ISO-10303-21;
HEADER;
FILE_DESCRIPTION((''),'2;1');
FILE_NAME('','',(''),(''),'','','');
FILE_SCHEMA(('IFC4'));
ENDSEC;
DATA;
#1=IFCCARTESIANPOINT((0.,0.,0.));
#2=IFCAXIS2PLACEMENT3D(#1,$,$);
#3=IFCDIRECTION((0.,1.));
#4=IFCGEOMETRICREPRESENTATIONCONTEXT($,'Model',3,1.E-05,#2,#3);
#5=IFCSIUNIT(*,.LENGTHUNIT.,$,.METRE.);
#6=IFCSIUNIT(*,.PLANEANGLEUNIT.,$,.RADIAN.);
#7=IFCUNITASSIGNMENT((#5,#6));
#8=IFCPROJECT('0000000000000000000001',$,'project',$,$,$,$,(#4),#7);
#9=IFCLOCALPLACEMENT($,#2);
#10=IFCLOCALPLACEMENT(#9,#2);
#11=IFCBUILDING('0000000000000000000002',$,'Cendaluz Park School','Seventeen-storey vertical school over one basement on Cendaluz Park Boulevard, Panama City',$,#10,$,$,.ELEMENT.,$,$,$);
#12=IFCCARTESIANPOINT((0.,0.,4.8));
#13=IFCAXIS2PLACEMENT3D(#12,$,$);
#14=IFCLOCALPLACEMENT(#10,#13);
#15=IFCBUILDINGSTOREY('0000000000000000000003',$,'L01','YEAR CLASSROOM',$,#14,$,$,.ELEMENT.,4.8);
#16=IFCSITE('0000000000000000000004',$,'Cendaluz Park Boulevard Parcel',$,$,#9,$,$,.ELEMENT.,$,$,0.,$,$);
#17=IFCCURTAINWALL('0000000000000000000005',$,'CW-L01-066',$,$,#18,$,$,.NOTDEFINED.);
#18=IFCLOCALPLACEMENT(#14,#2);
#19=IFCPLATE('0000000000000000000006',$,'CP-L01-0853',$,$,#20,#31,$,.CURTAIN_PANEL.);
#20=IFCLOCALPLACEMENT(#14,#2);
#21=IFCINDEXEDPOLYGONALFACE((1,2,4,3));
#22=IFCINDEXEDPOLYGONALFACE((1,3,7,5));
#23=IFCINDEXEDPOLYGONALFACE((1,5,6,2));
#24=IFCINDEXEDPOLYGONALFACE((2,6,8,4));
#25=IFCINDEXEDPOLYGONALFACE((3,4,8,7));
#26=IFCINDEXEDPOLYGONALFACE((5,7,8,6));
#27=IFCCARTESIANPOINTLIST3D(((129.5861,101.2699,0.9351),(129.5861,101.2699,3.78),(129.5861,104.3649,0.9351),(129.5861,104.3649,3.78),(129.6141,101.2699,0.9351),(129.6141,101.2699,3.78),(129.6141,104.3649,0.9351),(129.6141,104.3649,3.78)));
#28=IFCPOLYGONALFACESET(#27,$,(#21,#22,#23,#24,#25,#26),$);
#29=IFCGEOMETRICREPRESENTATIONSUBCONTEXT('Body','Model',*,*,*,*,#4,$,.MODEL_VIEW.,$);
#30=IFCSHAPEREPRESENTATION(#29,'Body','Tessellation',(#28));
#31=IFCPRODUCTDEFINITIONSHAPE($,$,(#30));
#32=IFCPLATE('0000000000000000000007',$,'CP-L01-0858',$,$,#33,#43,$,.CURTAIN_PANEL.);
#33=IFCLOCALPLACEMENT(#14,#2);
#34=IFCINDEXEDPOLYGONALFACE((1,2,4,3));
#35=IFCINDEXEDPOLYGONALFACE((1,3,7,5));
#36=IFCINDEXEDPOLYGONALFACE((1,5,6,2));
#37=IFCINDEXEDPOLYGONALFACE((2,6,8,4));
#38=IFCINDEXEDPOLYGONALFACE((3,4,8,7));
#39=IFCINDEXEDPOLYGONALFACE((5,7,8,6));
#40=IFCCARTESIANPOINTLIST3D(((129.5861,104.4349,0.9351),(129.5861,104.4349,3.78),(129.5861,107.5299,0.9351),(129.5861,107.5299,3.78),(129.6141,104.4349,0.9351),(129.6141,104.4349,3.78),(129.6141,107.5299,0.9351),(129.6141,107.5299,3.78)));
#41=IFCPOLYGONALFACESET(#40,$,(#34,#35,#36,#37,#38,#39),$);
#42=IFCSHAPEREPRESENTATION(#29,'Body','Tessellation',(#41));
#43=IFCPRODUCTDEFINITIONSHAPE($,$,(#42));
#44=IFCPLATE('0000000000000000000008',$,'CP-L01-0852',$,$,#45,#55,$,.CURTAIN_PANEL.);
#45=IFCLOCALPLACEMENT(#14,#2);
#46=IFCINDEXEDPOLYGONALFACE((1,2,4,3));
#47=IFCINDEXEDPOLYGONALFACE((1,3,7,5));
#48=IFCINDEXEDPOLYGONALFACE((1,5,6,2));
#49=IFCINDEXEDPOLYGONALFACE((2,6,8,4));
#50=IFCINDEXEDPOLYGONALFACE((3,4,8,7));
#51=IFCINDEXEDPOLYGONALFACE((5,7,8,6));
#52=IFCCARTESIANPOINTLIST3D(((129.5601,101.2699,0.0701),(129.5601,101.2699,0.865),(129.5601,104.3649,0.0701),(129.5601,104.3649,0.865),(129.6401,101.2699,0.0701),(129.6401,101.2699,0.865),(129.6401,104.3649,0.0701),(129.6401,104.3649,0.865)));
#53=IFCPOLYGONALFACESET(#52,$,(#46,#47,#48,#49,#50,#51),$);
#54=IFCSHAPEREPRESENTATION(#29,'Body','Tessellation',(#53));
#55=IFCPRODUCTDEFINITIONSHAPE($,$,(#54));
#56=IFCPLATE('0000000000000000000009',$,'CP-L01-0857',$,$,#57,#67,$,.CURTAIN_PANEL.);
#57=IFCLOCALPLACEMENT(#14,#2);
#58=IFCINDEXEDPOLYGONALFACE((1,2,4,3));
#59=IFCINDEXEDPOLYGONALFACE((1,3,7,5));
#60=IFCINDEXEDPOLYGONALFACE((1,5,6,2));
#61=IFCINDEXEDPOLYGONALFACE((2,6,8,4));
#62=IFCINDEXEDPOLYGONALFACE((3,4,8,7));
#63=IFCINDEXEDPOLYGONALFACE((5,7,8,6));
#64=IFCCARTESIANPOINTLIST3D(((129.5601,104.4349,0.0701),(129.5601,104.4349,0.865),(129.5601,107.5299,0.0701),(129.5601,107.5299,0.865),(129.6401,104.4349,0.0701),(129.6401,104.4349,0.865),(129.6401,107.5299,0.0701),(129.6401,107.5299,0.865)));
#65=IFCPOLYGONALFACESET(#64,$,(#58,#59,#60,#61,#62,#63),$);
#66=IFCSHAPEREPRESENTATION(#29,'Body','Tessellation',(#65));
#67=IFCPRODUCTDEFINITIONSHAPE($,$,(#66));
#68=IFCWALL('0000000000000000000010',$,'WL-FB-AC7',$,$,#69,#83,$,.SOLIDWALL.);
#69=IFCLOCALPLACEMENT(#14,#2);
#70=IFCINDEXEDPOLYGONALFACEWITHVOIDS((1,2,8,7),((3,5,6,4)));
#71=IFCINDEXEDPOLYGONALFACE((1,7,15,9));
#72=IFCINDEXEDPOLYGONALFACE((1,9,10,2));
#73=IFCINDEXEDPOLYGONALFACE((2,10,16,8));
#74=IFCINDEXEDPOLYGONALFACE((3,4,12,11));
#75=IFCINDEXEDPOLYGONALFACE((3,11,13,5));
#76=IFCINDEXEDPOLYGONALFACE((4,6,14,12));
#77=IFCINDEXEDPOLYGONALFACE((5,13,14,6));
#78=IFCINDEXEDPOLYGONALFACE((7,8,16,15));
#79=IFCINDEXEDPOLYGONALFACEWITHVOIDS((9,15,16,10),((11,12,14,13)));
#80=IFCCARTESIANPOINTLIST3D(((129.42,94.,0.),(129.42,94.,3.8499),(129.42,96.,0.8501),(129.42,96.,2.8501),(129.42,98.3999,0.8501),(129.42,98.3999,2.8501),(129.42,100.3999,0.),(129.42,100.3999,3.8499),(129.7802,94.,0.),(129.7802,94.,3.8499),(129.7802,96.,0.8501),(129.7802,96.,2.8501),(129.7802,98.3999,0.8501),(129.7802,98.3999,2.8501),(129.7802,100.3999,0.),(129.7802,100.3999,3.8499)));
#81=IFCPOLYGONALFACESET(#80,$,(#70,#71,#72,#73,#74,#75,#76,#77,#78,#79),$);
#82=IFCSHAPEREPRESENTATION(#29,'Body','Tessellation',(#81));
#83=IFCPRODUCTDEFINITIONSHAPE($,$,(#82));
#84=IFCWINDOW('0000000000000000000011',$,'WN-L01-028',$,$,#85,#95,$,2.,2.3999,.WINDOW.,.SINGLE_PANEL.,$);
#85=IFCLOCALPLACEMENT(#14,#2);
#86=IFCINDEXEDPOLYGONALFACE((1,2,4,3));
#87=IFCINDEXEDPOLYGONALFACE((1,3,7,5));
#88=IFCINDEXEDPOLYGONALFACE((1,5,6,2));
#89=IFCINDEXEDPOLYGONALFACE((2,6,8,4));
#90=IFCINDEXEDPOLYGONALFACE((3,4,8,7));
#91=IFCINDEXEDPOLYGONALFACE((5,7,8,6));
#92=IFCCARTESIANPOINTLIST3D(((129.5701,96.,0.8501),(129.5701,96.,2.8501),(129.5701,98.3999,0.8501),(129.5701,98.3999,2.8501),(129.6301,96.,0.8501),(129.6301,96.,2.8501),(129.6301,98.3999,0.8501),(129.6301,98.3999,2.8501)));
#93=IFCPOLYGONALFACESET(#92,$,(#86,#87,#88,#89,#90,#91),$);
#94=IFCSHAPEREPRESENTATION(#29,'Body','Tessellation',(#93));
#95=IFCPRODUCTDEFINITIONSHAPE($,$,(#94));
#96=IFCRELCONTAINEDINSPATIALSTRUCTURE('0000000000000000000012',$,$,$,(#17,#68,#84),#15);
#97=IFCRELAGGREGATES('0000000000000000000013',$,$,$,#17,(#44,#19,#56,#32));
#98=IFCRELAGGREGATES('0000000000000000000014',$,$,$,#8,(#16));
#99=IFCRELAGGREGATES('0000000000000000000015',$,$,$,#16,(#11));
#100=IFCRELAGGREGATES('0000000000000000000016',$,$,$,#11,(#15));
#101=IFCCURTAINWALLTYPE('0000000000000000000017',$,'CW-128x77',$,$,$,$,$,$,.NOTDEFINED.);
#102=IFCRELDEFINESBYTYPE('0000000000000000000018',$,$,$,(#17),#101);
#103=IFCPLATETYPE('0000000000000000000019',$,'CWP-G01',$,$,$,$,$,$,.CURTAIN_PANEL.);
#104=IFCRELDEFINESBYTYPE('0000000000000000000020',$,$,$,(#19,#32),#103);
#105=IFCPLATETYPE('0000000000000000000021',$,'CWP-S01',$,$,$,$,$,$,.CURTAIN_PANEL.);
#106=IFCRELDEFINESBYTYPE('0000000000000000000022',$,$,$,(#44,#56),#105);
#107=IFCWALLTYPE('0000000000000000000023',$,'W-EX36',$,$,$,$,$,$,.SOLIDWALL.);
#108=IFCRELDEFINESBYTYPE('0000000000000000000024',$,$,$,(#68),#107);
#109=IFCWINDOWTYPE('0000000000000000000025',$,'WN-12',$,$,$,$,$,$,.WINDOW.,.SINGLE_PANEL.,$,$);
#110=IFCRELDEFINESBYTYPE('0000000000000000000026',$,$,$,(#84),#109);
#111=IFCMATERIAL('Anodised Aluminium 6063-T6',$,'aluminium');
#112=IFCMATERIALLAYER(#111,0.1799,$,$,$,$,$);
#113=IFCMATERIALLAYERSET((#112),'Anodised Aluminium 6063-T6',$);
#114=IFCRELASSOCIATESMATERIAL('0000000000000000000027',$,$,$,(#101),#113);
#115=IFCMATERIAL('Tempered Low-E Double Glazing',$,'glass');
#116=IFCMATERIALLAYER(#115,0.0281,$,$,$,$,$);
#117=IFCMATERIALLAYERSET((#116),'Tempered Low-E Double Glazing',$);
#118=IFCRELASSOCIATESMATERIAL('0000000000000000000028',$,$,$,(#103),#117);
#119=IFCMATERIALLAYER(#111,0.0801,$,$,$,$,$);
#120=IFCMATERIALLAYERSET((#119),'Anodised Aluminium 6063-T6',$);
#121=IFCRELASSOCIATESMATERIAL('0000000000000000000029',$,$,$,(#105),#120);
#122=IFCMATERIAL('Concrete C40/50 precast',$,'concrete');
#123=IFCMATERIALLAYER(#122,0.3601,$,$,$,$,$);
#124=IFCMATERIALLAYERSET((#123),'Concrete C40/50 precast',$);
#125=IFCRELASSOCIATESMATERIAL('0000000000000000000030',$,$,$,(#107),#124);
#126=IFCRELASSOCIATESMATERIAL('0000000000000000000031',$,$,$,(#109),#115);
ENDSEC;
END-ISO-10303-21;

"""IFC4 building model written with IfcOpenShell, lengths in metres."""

from ifc_helpers import new_model, si_unit, direction, frame, frame_2d, origin, origin_2d, place, context, subcontext, project, spatial, rectangle, extrude, material, layer, layer_set, type_object, element, fill, aggregate, save


model = new_model("IFC4")

# Units and contexts
model_context = context("Model", 3, precision=1e-05, world=origin(), true_north=direction((0.0, 1.0)))
body_context = subcontext(model_context, "Body", "Model", "MODEL_VIEW")
ifc_project = project(units=[si_unit("LENGTHUNIT", "METRE"), si_unit("PLANEANGLEUNIT", "RADIAN")], contexts=[model_context])

# Site, building, storey
site_placement = place(None, origin())
site = spatial("IfcSite", under=ifc_project, at=site_placement, Name="Cendaluz Park Boulevard Parcel", CompositionType="ELEMENT", RefElevation=0.0)
building_placement = place(site_placement, origin())
building = spatial("IfcBuilding", under=site, at=building_placement, Name="Cendaluz Park School", Description="Seventeen-storey vertical school over one basement on Cendaluz Park Boulevard, Panama City", CompositionType="ELEMENT")
storey_placement = place(building_placement, frame((0.0, 0.0, 4.8)))
storey = spatial("IfcBuildingStorey", under=building, at=storey_placement, Name="L01", Description="YEAR CLASSROOM", CompositionType="ELEMENT", Elevation=4.8)

# Shared definitions
ifc_material_1 = material(Name="Anodised Aluminium 6063-T6", Category="aluminium")
ifc_layer_1 = layer(ifc_material_1, 0.1799)
ifc_layer_set_1 = layer_set([ifc_layer_1], Name="Anodised Aluminium 6063-T6")
curtain_wall_type = type_object("IfcCurtainWallType", Name="CW-128x77", PredefinedType="NOTDEFINED", material=ifc_layer_set_1)

# Curtain wall, plates
curtain_wall_1_placement = place(storey_placement, origin())
curtain_wall_1 = element("IfcCurtainWall", 1, at=curtain_wall_1_placement, inside=storey, type_object=curtain_wall_type, Name="CW-L01-066", PredefinedType="NOTDEFINED")
ifc_material_2 = material(Name="Tempered Low-E Double Glazing", Category="glass")
ifc_layer_2 = layer(ifc_material_2, 0.0281)
ifc_layer_set_2 = layer_set([ifc_layer_2], Name="Tempered Low-E Double Glazing")
plate_type_1 = type_object("IfcPlateType", Name="CWP-G01", PredefinedType="CURTAIN_PANEL", material=ifc_layer_set_2)
plate_1_placement = place(storey_placement, frame((129.6001, 102.8174, 0.9351), z_axis=(0.0, 0.0, 1.0), x_axis=(0.0, 1.0, 0.0)))
plate_1 = element("IfcPlate", 2, at=plate_1_placement, type_object=plate_type_1, Name="CP-L01-0853", PredefinedType="CURTAIN_PANEL", context=body_context, shape_type="SweptSolid", body=[
    extrude(rectangle(XDim=3.095, YDim=0.0281, at=origin_2d()), origin(), (0.0, 0.0, 1.0), 2.845),
])
plate_2_placement = place(storey_placement, frame((129.6001, 105.9824, 0.9351), z_axis=(0.0, 0.0, 1.0), x_axis=(0.0, 1.0, 0.0)))
plate_2 = element("IfcPlate", 3, at=plate_2_placement, type_object=plate_type_1, Name="CP-L01-0858", PredefinedType="CURTAIN_PANEL", context=body_context, shape_type="SweptSolid", body=[
    extrude(rectangle(XDim=3.095, YDim=0.0281, at=origin_2d()), origin(), (0.0, 0.0, 1.0), 2.845),
])
ifc_layer_3 = layer(ifc_material_1, 0.0801)
ifc_layer_set_3 = layer_set([ifc_layer_3], Name="Anodised Aluminium 6063-T6")
plate_type_2 = type_object("IfcPlateType", Name="CWP-S01", PredefinedType="CURTAIN_PANEL", material=ifc_layer_set_3)
plate_3_placement = place(storey_placement, frame((129.6001, 102.8174, 0.0701), z_axis=(0.0, 0.0, 1.0), x_axis=(0.0, 1.0, 0.0)))
plate_3 = element("IfcPlate", 4, at=plate_3_placement, type_object=plate_type_2, Name="CP-L01-0852", PredefinedType="CURTAIN_PANEL", context=body_context, shape_type="SweptSolid", body=[
    extrude(rectangle(XDim=3.095, YDim=0.0801, at=origin_2d()), origin(), (0.0, 0.0, 1.0), 0.7949),
])
plate_4_placement = place(storey_placement, frame((129.6001, 105.9824, 0.0701), z_axis=(0.0, 0.0, 1.0), x_axis=(0.0, 1.0, 0.0)))
plate_4 = element("IfcPlate", 5, at=plate_4_placement, type_object=plate_type_2, Name="CP-L01-0857", PredefinedType="CURTAIN_PANEL", context=body_context, shape_type="SweptSolid", body=[
    extrude(rectangle(XDim=3.095, YDim=0.0801, at=origin_2d()), origin(), (0.0, 0.0, 1.0), 0.7949),
])
aggregate(curtain_wall_1, [plate_3, plate_1, plate_4, plate_2])

# Wall, opening, window
ifc_material_3 = material(Name="Concrete C40/50 precast", Category="concrete")
ifc_layer_4 = layer(ifc_material_3, 0.3601)
ifc_layer_set_4 = layer_set([ifc_layer_4], Name="Concrete C40/50 precast")
wall_type = type_object("IfcWallType", Name="W-EX36", PredefinedType="SOLIDWALL", material=ifc_layer_set_4)
wall_placement = place(storey_placement, frame((129.6001, 94.0, 0.0), z_axis=(0.0, 0.0, 1.0), x_axis=(0.0, 1.0, 0.0)))
wall = element("IfcWall", 6, at=wall_placement, inside=storey, type_object=wall_type, Name="WL-FB-AC7", PredefinedType="SOLIDWALL", context=body_context, shape_type="SweptSolid", body=[
    extrude(rectangle(XDim=6.3999, YDim=0.3601, at=frame_2d((3.2, 0.0))), origin(), (0.0, 0.0, 1.0), 3.8499),
])
opening_placement = place(wall_placement, frame((2.0, 0.0, 0.8501)))
opening = element("IfcOpeningElement", 7, at=opening_placement, cuts=wall, PredefinedType="OPENING", context=body_context, shape_type="SweptSolid", body=[
    extrude(rectangle(XDim=2.3999, YDim=2.0, at=frame_2d((1.2, 1.0))), frame((0.0, 0.1921, 0.0), z_axis=(0.0, -1.0, 0.0), x_axis=(1.0, 0.0, 0.0)), (0.0, 0.0, 1.0), 0.384),
])
window_type = type_object("IfcWindowType", Name="WN-12", PartitioningType="SINGLE_PANEL", PredefinedType="WINDOW", material=ifc_material_2)
window_placement = place(opening_placement, origin())
window = element("IfcWindow", 8, at=window_placement, inside=storey, type_object=window_type, Name="WN-L01-028", OverallHeight=2.0, OverallWidth=2.3999, PartitioningType="SINGLE_PANEL", PredefinedType="WINDOW", context=body_context, shape_type="SweptSolid", body=[
    extrude(rectangle(XDim=2.3999, YDim=2.0, at=frame_2d((1.2, 1.0))), frame((0.0, 0.03, 0.0), z_axis=(0.0, -1.0, 0.0), x_axis=(1.0, 0.0, 0.0)), (0.0, 0.0, 1.0), 0.0601),
])
fill(opening, window)

save(model, "model.ifc")
